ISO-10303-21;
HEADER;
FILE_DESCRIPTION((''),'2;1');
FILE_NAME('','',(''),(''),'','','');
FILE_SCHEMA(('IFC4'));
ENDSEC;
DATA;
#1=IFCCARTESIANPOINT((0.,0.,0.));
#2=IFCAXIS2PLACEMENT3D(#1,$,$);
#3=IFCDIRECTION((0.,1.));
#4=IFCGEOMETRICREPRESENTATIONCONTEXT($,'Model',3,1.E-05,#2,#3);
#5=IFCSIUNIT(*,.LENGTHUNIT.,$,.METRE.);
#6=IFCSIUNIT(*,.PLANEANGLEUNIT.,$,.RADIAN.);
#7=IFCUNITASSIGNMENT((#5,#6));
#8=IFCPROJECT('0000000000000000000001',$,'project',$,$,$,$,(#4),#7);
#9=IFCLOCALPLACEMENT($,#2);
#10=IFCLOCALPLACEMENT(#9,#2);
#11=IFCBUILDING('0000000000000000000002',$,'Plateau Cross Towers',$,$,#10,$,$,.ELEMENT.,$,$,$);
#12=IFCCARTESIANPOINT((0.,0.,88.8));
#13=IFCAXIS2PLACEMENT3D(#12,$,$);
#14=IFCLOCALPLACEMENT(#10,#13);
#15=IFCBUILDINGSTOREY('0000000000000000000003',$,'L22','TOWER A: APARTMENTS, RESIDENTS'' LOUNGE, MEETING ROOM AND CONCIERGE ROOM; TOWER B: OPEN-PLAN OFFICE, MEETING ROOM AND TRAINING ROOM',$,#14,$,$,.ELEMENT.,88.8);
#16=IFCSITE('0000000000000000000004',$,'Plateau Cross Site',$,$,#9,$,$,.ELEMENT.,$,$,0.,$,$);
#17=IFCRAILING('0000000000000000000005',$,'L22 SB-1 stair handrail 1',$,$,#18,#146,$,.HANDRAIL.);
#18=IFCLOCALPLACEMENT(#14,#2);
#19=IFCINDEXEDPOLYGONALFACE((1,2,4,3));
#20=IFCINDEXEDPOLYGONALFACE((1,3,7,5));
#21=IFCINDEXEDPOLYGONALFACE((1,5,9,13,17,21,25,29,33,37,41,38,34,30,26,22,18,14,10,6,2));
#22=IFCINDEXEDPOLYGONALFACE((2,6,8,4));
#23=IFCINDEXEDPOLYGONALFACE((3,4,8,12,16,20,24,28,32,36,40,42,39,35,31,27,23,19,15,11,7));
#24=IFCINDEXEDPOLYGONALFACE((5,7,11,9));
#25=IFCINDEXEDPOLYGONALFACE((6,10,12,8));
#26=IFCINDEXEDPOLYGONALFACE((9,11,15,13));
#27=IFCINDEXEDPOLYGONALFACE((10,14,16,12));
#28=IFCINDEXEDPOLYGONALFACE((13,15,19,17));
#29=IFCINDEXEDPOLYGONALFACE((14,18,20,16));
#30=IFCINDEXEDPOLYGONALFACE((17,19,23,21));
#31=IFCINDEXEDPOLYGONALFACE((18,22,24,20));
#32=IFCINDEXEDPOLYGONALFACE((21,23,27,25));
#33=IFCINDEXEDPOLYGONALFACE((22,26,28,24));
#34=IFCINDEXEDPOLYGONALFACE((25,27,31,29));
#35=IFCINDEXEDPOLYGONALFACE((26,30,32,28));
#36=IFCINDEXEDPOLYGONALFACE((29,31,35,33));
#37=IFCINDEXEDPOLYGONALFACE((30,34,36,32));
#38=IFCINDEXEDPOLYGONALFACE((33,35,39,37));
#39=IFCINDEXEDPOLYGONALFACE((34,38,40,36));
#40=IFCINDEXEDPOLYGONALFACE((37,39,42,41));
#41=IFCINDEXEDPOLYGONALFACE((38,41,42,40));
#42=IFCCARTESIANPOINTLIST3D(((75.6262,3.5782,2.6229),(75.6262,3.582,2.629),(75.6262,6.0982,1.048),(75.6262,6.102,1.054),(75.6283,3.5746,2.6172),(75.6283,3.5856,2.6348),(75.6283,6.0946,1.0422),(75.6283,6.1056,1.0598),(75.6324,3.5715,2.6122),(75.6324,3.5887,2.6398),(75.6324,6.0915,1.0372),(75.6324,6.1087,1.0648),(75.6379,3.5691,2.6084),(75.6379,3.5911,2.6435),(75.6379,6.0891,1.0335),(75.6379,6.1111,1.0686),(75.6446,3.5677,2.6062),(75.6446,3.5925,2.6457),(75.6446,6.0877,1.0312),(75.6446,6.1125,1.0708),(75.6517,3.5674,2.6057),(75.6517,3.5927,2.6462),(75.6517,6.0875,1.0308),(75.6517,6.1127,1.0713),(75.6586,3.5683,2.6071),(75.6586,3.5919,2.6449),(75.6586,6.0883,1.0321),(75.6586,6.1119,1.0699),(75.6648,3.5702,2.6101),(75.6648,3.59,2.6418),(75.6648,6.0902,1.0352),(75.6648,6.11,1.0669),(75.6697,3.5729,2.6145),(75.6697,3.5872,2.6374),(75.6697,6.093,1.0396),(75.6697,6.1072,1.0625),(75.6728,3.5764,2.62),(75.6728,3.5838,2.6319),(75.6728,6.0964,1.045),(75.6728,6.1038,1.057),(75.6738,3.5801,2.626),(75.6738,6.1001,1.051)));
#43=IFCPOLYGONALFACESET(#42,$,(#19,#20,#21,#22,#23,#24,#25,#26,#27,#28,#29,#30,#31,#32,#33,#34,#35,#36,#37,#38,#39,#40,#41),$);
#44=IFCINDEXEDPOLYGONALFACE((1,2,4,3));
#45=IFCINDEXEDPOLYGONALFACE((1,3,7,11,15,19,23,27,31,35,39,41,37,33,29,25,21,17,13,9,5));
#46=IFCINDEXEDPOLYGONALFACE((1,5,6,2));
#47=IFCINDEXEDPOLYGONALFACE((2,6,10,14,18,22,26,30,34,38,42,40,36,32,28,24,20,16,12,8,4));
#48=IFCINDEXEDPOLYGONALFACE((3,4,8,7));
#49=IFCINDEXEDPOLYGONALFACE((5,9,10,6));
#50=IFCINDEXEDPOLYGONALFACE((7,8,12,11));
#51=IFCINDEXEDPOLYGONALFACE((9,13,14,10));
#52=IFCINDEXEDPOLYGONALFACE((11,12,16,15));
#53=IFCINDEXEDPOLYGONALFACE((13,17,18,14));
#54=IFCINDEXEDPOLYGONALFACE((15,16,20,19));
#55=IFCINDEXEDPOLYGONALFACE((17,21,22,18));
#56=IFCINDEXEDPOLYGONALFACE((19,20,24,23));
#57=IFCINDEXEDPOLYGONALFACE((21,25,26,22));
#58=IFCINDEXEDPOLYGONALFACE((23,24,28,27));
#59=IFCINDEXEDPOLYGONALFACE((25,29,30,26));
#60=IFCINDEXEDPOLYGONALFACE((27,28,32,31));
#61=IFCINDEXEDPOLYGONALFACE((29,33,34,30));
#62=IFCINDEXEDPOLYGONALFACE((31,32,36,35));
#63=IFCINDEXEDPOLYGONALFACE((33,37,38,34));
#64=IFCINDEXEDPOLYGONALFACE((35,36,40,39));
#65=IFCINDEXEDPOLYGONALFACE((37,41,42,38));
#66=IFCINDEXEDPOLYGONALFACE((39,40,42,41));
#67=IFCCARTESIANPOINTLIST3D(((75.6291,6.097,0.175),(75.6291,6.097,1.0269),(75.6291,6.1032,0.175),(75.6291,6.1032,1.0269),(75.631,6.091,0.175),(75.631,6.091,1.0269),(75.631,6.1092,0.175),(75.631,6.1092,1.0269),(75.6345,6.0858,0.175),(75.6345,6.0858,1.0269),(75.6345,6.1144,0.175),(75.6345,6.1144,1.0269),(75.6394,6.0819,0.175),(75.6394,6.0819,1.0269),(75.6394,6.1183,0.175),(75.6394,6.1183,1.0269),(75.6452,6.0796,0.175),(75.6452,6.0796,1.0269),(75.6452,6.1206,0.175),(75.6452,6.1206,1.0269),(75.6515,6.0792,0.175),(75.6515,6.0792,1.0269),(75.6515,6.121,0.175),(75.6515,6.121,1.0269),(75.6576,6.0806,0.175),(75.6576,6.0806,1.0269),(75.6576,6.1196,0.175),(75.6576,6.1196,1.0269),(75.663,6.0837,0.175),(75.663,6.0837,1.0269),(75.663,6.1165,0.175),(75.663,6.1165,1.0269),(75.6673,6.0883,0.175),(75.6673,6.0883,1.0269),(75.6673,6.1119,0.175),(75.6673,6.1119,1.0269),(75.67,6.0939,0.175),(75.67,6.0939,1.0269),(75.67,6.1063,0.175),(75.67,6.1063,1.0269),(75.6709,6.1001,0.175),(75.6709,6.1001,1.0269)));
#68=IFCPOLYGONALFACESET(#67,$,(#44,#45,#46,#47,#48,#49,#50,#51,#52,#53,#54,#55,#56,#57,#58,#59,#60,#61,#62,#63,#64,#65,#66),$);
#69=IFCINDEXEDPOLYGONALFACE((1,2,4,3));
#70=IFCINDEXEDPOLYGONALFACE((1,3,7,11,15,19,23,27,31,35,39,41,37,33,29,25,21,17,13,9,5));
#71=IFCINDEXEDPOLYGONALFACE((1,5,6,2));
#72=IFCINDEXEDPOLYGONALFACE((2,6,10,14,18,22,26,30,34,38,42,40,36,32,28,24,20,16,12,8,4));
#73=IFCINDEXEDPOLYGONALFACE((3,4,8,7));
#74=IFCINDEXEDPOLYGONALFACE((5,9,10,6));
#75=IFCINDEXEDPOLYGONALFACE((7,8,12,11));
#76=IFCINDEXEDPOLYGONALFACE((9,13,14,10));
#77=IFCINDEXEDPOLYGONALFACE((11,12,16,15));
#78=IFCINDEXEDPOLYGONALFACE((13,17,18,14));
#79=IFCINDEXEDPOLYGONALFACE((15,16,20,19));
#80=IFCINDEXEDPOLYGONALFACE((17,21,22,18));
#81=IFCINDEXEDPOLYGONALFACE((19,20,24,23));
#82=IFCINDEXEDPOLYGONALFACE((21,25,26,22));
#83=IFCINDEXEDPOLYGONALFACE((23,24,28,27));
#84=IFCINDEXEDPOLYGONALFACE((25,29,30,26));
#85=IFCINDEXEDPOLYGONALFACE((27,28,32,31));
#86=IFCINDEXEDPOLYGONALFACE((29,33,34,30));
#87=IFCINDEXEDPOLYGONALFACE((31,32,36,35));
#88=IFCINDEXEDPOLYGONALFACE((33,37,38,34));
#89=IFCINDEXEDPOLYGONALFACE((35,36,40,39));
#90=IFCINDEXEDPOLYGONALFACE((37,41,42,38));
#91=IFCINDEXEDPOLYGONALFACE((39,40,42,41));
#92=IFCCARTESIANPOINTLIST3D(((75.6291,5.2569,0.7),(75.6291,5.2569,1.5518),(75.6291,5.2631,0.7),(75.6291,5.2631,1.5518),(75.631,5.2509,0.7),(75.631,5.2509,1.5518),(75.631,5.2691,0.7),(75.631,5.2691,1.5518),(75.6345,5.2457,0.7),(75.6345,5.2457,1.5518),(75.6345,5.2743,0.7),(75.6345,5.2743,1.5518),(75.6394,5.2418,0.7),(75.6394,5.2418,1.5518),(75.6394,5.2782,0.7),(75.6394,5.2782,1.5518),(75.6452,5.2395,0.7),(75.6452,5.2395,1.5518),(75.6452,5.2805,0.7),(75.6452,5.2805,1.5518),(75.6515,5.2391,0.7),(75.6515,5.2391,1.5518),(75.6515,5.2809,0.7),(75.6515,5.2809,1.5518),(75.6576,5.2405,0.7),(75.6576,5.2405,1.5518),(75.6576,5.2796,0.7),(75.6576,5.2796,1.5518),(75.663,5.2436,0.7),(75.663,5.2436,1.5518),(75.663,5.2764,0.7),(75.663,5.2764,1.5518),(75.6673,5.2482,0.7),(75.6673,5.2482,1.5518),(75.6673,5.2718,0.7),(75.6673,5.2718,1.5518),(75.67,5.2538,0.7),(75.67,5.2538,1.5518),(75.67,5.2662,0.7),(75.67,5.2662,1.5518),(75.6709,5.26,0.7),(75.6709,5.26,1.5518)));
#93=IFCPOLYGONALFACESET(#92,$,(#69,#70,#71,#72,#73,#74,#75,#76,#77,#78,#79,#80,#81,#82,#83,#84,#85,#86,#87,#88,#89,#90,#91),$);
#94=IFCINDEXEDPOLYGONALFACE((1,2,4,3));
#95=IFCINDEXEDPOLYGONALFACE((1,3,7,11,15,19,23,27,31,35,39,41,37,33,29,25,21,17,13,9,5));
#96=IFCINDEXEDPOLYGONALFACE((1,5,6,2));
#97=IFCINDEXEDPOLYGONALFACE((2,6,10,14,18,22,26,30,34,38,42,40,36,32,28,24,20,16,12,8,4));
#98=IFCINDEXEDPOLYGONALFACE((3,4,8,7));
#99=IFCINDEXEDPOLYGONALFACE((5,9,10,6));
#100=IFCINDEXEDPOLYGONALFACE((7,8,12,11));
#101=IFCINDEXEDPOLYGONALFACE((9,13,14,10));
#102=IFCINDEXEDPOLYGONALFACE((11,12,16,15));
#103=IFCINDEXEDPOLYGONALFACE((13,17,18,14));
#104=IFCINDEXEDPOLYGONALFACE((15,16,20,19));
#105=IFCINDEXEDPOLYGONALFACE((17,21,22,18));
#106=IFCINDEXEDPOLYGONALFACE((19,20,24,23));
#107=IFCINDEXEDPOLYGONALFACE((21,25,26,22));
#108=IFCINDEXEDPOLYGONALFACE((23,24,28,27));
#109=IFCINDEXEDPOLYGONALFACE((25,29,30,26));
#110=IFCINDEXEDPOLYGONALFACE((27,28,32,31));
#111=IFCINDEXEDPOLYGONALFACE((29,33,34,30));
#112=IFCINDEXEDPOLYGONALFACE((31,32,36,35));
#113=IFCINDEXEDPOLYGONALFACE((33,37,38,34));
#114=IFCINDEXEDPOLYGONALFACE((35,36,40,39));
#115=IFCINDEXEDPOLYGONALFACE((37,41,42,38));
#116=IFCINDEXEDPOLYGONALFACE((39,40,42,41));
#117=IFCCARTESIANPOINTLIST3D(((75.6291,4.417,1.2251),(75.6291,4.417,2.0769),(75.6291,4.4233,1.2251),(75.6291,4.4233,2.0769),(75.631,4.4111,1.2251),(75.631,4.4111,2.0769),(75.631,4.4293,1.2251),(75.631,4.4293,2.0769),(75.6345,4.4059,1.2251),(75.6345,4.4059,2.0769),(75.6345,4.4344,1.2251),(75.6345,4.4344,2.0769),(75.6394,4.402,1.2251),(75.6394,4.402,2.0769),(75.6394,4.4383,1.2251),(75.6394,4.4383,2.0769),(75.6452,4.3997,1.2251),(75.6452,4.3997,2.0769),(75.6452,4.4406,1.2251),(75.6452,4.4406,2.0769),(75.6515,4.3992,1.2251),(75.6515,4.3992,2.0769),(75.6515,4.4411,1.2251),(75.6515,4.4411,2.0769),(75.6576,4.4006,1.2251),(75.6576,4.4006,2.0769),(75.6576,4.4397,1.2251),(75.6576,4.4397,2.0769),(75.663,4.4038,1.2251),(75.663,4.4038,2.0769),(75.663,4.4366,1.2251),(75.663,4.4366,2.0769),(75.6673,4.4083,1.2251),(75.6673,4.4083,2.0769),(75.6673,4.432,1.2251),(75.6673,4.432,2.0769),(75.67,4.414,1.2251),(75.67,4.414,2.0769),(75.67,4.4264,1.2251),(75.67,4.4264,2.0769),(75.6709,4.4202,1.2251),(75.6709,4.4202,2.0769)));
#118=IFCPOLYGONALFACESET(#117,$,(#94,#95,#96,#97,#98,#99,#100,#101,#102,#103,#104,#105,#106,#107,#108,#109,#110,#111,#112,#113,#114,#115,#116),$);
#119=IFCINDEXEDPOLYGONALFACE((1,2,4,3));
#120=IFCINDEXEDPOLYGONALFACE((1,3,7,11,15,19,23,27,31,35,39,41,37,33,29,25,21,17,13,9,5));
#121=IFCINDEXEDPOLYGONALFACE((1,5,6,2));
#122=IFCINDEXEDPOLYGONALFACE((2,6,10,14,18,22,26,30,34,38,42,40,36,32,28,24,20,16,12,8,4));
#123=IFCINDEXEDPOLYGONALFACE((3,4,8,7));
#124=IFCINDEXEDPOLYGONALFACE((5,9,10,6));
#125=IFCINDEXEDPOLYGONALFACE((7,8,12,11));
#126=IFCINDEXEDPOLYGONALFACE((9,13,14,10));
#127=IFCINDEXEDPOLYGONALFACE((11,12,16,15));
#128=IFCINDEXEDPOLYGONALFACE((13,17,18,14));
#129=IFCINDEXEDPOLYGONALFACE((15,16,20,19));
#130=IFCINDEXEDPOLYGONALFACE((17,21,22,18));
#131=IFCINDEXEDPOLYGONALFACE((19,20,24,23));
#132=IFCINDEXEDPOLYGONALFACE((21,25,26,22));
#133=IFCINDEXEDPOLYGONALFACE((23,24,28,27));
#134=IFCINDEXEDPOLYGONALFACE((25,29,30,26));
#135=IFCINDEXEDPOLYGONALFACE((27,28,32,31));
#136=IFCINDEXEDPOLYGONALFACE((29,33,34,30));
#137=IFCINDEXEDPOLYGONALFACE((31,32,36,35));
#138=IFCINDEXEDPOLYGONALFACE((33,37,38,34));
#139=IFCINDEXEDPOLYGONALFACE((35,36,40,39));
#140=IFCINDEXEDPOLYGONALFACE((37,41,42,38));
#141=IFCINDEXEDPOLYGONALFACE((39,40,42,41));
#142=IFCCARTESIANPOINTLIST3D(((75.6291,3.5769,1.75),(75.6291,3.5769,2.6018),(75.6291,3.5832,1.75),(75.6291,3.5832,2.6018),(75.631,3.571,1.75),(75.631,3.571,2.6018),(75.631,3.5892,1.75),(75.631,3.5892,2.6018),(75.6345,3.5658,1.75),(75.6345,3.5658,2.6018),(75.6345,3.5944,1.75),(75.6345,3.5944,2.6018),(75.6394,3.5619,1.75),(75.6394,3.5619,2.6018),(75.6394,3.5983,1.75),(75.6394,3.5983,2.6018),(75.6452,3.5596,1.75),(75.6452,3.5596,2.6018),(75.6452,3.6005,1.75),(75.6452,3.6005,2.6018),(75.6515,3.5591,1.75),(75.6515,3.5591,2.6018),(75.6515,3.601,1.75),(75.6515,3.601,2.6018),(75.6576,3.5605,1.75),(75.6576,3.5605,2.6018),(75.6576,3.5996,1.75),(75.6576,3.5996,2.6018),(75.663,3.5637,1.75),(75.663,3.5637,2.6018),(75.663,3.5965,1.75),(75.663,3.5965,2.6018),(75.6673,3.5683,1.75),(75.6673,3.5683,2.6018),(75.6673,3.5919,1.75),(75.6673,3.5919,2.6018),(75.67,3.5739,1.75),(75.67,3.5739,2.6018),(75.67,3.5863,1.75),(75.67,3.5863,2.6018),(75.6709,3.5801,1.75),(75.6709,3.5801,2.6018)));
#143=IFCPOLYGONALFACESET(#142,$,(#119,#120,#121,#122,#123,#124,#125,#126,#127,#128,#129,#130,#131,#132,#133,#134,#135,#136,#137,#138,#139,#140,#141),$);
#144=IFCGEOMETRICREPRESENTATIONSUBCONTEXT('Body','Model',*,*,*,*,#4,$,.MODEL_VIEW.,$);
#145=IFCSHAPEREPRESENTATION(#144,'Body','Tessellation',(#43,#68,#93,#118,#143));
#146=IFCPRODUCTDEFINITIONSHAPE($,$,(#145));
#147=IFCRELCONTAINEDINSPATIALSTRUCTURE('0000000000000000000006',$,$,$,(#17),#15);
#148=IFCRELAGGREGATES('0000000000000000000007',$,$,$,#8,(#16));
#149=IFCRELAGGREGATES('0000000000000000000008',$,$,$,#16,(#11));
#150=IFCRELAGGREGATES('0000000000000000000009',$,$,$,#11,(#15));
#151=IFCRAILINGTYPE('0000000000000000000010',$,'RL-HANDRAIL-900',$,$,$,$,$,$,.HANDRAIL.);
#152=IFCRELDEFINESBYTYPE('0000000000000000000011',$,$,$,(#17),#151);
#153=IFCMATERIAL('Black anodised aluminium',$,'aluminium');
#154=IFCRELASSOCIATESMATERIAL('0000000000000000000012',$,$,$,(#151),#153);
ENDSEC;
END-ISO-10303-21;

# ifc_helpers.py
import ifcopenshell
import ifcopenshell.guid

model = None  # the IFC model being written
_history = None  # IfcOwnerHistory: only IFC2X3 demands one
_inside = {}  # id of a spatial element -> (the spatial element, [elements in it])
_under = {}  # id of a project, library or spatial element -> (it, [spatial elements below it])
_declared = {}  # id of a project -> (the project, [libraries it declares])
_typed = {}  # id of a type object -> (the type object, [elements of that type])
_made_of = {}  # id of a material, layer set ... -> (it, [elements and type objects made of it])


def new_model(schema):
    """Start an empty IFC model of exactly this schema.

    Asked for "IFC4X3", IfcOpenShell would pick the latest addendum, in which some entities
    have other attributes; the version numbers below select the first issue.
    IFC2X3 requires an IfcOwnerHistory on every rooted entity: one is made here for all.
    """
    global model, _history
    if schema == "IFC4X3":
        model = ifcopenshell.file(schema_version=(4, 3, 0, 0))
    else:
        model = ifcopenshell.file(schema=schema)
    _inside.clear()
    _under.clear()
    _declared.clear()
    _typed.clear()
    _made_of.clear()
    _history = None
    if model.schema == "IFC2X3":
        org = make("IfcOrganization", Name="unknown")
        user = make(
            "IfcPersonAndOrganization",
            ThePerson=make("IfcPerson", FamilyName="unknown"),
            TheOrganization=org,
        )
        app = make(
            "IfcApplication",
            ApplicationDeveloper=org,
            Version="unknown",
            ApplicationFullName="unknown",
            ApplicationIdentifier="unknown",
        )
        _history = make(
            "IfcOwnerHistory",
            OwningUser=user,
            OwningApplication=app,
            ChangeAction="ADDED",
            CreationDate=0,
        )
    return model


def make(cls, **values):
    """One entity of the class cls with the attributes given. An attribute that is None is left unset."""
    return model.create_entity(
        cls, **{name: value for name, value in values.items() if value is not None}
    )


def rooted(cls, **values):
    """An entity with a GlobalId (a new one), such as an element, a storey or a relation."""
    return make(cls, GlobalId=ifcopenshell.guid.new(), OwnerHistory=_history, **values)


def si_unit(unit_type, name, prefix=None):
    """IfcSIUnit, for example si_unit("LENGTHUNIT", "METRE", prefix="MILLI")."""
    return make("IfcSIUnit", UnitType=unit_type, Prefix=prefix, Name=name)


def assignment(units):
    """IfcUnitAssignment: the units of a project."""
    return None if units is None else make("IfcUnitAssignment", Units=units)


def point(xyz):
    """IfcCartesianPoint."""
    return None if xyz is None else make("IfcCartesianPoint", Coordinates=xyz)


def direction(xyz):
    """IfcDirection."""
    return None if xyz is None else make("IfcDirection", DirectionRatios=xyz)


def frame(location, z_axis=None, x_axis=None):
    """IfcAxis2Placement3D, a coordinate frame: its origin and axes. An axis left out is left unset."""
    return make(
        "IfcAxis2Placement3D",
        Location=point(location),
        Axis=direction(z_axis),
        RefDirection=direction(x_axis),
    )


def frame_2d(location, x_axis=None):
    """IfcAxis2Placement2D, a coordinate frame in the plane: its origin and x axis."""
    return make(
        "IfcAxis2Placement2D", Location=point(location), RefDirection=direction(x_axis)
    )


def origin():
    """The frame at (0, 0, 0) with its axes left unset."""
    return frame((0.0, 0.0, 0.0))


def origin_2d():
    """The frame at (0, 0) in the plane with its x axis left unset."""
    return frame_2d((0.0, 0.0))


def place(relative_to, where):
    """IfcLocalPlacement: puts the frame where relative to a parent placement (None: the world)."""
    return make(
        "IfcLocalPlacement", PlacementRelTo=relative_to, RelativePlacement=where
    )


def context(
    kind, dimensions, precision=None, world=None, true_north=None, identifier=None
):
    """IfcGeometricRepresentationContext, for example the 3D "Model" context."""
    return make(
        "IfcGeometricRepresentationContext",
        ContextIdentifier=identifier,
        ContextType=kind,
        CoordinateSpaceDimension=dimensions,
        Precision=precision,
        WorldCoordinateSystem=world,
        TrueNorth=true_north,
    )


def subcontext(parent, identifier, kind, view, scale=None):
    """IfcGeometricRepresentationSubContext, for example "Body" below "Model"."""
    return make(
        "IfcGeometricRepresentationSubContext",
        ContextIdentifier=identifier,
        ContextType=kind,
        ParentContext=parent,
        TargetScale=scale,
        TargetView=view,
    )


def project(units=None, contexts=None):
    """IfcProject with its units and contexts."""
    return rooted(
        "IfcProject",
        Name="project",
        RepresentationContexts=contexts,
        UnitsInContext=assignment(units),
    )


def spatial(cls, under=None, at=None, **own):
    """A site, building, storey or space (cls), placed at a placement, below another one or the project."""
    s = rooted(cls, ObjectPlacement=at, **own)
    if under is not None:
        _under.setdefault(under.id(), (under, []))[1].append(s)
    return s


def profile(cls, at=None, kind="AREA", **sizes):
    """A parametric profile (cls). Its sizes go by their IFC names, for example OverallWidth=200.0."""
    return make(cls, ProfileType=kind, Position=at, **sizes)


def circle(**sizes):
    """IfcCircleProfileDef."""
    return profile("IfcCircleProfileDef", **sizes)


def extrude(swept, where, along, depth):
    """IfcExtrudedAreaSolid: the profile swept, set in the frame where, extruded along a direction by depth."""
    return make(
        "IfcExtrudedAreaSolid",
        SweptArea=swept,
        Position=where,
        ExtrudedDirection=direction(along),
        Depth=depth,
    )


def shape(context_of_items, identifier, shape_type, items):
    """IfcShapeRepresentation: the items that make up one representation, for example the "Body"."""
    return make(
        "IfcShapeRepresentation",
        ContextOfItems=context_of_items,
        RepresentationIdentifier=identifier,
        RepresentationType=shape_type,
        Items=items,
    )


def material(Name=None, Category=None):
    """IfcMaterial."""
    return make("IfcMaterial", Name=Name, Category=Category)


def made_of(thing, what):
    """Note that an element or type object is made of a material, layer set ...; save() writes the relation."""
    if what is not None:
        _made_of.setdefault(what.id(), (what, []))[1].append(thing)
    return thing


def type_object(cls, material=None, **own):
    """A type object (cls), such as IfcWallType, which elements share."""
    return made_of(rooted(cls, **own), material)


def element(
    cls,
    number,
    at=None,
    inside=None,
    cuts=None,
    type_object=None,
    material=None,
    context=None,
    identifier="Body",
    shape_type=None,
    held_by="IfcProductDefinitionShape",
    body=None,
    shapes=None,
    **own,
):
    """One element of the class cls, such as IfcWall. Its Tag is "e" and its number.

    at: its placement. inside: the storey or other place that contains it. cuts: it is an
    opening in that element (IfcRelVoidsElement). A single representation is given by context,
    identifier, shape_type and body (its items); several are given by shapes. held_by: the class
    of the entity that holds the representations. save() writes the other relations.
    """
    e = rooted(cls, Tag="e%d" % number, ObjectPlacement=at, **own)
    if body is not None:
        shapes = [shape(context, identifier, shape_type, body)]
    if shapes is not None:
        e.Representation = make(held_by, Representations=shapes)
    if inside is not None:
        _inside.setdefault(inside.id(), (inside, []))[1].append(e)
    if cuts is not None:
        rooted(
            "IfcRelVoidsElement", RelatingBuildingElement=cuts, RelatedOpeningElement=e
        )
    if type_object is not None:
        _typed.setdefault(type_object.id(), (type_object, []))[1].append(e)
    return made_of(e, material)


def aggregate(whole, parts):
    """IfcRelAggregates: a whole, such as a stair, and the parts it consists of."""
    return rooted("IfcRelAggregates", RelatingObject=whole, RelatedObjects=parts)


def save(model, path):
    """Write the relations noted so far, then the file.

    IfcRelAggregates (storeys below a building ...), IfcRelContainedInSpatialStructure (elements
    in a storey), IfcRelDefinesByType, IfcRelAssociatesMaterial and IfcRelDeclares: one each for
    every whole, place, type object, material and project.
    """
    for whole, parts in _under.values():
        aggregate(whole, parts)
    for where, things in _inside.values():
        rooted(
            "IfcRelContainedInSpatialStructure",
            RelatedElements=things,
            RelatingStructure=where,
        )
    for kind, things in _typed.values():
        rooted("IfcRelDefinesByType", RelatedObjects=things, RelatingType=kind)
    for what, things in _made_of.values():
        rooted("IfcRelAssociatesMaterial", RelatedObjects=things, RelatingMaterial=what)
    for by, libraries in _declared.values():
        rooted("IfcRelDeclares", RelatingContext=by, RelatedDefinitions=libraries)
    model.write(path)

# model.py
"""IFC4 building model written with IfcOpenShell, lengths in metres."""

from ifc_helpers import new_model, si_unit, direction, frame, origin, origin_2d, place, context, subcontext, project, spatial, circle, extrude, material, type_object, element, save


model = new_model("IFC4")

# Units and contexts
model_context = context("Model", 3, precision=1e-05, world=origin(), true_north=direction((0.0, 1.0)))
body_context = subcontext(model_context, "Body", "Model", "MODEL_VIEW")
ifc_project = project(units=[si_unit("LENGTHUNIT", "METRE"), si_unit("PLANEANGLEUNIT", "RADIAN")], contexts=[model_context])

# Site, building, storey
site_placement = place(None, origin())
site = spatial("IfcSite", under=ifc_project, at=site_placement, Name="Plateau Cross Site", CompositionType="ELEMENT", RefElevation=0.0)
building_placement = place(site_placement, origin())
building = spatial("IfcBuilding", under=site, at=building_placement, Name="Plateau Cross Towers", CompositionType="ELEMENT")
storey_placement = place(building_placement, frame((0.0, 0.0, 88.8)))
storey = spatial("IfcBuildingStorey", under=building, at=storey_placement, Name="L22", Description="TOWER A: APARTMENTS, RESIDENTS' LOUNGE, MEETING ROOM AND CONCIERGE ROOM; TOWER B: OPEN-PLAN OFFICE, MEETING ROOM AND TRAINING ROOM", CompositionType="ELEMENT", Elevation=88.8)

# Railing
ifc_material_1 = material(Name="Black anodised aluminium", Category="aluminium")
railing_type_1 = type_object("IfcRailingType", Name="RL-HANDRAIL-900", PredefinedType="HANDRAIL", material=ifc_material_1)
railing_1_placement = place(storey_placement, frame((75.6499, 6.1001, 0.175)))
element("IfcRailing", 1, at=railing_1_placement, inside=storey, type_object=railing_type_1, Name="L22 SB-1 stair handrail 1", PredefinedType="HANDRAIL", context=body_context, shape_type="SweptSolid", body=[
    extrude(circle(Radius=0.0239, at=origin_2d()), frame((0.0, 0.0, 0.876), z_axis=(0.0, -0.848008, 0.529984), x_axis=(1.0, 0.0, 0.0)), (0.0, 0.0, 1.0), 2.9717),
    extrude(circle(Radius=0.021, at=origin_2d()), origin(), (0.0, 0.0, 1.0), 0.8518),
    extrude(circle(Radius=0.021, at=origin_2d()), frame((0.0, -0.8401, 0.5249)), (0.0, 0.0, 1.0), 0.8518),
    extrude(circle(Radius=0.021, at=origin_2d()), frame((0.0, -1.6799, 1.05)), (0.0, 0.0, 1.0), 0.8518),
    extrude(circle(Radius=0.021, at=origin_2d()), frame((0.0, -2.52, 1.575)), (0.0, 0.0, 1.0), 0.8518),
])

save(model, "model.ifc")
